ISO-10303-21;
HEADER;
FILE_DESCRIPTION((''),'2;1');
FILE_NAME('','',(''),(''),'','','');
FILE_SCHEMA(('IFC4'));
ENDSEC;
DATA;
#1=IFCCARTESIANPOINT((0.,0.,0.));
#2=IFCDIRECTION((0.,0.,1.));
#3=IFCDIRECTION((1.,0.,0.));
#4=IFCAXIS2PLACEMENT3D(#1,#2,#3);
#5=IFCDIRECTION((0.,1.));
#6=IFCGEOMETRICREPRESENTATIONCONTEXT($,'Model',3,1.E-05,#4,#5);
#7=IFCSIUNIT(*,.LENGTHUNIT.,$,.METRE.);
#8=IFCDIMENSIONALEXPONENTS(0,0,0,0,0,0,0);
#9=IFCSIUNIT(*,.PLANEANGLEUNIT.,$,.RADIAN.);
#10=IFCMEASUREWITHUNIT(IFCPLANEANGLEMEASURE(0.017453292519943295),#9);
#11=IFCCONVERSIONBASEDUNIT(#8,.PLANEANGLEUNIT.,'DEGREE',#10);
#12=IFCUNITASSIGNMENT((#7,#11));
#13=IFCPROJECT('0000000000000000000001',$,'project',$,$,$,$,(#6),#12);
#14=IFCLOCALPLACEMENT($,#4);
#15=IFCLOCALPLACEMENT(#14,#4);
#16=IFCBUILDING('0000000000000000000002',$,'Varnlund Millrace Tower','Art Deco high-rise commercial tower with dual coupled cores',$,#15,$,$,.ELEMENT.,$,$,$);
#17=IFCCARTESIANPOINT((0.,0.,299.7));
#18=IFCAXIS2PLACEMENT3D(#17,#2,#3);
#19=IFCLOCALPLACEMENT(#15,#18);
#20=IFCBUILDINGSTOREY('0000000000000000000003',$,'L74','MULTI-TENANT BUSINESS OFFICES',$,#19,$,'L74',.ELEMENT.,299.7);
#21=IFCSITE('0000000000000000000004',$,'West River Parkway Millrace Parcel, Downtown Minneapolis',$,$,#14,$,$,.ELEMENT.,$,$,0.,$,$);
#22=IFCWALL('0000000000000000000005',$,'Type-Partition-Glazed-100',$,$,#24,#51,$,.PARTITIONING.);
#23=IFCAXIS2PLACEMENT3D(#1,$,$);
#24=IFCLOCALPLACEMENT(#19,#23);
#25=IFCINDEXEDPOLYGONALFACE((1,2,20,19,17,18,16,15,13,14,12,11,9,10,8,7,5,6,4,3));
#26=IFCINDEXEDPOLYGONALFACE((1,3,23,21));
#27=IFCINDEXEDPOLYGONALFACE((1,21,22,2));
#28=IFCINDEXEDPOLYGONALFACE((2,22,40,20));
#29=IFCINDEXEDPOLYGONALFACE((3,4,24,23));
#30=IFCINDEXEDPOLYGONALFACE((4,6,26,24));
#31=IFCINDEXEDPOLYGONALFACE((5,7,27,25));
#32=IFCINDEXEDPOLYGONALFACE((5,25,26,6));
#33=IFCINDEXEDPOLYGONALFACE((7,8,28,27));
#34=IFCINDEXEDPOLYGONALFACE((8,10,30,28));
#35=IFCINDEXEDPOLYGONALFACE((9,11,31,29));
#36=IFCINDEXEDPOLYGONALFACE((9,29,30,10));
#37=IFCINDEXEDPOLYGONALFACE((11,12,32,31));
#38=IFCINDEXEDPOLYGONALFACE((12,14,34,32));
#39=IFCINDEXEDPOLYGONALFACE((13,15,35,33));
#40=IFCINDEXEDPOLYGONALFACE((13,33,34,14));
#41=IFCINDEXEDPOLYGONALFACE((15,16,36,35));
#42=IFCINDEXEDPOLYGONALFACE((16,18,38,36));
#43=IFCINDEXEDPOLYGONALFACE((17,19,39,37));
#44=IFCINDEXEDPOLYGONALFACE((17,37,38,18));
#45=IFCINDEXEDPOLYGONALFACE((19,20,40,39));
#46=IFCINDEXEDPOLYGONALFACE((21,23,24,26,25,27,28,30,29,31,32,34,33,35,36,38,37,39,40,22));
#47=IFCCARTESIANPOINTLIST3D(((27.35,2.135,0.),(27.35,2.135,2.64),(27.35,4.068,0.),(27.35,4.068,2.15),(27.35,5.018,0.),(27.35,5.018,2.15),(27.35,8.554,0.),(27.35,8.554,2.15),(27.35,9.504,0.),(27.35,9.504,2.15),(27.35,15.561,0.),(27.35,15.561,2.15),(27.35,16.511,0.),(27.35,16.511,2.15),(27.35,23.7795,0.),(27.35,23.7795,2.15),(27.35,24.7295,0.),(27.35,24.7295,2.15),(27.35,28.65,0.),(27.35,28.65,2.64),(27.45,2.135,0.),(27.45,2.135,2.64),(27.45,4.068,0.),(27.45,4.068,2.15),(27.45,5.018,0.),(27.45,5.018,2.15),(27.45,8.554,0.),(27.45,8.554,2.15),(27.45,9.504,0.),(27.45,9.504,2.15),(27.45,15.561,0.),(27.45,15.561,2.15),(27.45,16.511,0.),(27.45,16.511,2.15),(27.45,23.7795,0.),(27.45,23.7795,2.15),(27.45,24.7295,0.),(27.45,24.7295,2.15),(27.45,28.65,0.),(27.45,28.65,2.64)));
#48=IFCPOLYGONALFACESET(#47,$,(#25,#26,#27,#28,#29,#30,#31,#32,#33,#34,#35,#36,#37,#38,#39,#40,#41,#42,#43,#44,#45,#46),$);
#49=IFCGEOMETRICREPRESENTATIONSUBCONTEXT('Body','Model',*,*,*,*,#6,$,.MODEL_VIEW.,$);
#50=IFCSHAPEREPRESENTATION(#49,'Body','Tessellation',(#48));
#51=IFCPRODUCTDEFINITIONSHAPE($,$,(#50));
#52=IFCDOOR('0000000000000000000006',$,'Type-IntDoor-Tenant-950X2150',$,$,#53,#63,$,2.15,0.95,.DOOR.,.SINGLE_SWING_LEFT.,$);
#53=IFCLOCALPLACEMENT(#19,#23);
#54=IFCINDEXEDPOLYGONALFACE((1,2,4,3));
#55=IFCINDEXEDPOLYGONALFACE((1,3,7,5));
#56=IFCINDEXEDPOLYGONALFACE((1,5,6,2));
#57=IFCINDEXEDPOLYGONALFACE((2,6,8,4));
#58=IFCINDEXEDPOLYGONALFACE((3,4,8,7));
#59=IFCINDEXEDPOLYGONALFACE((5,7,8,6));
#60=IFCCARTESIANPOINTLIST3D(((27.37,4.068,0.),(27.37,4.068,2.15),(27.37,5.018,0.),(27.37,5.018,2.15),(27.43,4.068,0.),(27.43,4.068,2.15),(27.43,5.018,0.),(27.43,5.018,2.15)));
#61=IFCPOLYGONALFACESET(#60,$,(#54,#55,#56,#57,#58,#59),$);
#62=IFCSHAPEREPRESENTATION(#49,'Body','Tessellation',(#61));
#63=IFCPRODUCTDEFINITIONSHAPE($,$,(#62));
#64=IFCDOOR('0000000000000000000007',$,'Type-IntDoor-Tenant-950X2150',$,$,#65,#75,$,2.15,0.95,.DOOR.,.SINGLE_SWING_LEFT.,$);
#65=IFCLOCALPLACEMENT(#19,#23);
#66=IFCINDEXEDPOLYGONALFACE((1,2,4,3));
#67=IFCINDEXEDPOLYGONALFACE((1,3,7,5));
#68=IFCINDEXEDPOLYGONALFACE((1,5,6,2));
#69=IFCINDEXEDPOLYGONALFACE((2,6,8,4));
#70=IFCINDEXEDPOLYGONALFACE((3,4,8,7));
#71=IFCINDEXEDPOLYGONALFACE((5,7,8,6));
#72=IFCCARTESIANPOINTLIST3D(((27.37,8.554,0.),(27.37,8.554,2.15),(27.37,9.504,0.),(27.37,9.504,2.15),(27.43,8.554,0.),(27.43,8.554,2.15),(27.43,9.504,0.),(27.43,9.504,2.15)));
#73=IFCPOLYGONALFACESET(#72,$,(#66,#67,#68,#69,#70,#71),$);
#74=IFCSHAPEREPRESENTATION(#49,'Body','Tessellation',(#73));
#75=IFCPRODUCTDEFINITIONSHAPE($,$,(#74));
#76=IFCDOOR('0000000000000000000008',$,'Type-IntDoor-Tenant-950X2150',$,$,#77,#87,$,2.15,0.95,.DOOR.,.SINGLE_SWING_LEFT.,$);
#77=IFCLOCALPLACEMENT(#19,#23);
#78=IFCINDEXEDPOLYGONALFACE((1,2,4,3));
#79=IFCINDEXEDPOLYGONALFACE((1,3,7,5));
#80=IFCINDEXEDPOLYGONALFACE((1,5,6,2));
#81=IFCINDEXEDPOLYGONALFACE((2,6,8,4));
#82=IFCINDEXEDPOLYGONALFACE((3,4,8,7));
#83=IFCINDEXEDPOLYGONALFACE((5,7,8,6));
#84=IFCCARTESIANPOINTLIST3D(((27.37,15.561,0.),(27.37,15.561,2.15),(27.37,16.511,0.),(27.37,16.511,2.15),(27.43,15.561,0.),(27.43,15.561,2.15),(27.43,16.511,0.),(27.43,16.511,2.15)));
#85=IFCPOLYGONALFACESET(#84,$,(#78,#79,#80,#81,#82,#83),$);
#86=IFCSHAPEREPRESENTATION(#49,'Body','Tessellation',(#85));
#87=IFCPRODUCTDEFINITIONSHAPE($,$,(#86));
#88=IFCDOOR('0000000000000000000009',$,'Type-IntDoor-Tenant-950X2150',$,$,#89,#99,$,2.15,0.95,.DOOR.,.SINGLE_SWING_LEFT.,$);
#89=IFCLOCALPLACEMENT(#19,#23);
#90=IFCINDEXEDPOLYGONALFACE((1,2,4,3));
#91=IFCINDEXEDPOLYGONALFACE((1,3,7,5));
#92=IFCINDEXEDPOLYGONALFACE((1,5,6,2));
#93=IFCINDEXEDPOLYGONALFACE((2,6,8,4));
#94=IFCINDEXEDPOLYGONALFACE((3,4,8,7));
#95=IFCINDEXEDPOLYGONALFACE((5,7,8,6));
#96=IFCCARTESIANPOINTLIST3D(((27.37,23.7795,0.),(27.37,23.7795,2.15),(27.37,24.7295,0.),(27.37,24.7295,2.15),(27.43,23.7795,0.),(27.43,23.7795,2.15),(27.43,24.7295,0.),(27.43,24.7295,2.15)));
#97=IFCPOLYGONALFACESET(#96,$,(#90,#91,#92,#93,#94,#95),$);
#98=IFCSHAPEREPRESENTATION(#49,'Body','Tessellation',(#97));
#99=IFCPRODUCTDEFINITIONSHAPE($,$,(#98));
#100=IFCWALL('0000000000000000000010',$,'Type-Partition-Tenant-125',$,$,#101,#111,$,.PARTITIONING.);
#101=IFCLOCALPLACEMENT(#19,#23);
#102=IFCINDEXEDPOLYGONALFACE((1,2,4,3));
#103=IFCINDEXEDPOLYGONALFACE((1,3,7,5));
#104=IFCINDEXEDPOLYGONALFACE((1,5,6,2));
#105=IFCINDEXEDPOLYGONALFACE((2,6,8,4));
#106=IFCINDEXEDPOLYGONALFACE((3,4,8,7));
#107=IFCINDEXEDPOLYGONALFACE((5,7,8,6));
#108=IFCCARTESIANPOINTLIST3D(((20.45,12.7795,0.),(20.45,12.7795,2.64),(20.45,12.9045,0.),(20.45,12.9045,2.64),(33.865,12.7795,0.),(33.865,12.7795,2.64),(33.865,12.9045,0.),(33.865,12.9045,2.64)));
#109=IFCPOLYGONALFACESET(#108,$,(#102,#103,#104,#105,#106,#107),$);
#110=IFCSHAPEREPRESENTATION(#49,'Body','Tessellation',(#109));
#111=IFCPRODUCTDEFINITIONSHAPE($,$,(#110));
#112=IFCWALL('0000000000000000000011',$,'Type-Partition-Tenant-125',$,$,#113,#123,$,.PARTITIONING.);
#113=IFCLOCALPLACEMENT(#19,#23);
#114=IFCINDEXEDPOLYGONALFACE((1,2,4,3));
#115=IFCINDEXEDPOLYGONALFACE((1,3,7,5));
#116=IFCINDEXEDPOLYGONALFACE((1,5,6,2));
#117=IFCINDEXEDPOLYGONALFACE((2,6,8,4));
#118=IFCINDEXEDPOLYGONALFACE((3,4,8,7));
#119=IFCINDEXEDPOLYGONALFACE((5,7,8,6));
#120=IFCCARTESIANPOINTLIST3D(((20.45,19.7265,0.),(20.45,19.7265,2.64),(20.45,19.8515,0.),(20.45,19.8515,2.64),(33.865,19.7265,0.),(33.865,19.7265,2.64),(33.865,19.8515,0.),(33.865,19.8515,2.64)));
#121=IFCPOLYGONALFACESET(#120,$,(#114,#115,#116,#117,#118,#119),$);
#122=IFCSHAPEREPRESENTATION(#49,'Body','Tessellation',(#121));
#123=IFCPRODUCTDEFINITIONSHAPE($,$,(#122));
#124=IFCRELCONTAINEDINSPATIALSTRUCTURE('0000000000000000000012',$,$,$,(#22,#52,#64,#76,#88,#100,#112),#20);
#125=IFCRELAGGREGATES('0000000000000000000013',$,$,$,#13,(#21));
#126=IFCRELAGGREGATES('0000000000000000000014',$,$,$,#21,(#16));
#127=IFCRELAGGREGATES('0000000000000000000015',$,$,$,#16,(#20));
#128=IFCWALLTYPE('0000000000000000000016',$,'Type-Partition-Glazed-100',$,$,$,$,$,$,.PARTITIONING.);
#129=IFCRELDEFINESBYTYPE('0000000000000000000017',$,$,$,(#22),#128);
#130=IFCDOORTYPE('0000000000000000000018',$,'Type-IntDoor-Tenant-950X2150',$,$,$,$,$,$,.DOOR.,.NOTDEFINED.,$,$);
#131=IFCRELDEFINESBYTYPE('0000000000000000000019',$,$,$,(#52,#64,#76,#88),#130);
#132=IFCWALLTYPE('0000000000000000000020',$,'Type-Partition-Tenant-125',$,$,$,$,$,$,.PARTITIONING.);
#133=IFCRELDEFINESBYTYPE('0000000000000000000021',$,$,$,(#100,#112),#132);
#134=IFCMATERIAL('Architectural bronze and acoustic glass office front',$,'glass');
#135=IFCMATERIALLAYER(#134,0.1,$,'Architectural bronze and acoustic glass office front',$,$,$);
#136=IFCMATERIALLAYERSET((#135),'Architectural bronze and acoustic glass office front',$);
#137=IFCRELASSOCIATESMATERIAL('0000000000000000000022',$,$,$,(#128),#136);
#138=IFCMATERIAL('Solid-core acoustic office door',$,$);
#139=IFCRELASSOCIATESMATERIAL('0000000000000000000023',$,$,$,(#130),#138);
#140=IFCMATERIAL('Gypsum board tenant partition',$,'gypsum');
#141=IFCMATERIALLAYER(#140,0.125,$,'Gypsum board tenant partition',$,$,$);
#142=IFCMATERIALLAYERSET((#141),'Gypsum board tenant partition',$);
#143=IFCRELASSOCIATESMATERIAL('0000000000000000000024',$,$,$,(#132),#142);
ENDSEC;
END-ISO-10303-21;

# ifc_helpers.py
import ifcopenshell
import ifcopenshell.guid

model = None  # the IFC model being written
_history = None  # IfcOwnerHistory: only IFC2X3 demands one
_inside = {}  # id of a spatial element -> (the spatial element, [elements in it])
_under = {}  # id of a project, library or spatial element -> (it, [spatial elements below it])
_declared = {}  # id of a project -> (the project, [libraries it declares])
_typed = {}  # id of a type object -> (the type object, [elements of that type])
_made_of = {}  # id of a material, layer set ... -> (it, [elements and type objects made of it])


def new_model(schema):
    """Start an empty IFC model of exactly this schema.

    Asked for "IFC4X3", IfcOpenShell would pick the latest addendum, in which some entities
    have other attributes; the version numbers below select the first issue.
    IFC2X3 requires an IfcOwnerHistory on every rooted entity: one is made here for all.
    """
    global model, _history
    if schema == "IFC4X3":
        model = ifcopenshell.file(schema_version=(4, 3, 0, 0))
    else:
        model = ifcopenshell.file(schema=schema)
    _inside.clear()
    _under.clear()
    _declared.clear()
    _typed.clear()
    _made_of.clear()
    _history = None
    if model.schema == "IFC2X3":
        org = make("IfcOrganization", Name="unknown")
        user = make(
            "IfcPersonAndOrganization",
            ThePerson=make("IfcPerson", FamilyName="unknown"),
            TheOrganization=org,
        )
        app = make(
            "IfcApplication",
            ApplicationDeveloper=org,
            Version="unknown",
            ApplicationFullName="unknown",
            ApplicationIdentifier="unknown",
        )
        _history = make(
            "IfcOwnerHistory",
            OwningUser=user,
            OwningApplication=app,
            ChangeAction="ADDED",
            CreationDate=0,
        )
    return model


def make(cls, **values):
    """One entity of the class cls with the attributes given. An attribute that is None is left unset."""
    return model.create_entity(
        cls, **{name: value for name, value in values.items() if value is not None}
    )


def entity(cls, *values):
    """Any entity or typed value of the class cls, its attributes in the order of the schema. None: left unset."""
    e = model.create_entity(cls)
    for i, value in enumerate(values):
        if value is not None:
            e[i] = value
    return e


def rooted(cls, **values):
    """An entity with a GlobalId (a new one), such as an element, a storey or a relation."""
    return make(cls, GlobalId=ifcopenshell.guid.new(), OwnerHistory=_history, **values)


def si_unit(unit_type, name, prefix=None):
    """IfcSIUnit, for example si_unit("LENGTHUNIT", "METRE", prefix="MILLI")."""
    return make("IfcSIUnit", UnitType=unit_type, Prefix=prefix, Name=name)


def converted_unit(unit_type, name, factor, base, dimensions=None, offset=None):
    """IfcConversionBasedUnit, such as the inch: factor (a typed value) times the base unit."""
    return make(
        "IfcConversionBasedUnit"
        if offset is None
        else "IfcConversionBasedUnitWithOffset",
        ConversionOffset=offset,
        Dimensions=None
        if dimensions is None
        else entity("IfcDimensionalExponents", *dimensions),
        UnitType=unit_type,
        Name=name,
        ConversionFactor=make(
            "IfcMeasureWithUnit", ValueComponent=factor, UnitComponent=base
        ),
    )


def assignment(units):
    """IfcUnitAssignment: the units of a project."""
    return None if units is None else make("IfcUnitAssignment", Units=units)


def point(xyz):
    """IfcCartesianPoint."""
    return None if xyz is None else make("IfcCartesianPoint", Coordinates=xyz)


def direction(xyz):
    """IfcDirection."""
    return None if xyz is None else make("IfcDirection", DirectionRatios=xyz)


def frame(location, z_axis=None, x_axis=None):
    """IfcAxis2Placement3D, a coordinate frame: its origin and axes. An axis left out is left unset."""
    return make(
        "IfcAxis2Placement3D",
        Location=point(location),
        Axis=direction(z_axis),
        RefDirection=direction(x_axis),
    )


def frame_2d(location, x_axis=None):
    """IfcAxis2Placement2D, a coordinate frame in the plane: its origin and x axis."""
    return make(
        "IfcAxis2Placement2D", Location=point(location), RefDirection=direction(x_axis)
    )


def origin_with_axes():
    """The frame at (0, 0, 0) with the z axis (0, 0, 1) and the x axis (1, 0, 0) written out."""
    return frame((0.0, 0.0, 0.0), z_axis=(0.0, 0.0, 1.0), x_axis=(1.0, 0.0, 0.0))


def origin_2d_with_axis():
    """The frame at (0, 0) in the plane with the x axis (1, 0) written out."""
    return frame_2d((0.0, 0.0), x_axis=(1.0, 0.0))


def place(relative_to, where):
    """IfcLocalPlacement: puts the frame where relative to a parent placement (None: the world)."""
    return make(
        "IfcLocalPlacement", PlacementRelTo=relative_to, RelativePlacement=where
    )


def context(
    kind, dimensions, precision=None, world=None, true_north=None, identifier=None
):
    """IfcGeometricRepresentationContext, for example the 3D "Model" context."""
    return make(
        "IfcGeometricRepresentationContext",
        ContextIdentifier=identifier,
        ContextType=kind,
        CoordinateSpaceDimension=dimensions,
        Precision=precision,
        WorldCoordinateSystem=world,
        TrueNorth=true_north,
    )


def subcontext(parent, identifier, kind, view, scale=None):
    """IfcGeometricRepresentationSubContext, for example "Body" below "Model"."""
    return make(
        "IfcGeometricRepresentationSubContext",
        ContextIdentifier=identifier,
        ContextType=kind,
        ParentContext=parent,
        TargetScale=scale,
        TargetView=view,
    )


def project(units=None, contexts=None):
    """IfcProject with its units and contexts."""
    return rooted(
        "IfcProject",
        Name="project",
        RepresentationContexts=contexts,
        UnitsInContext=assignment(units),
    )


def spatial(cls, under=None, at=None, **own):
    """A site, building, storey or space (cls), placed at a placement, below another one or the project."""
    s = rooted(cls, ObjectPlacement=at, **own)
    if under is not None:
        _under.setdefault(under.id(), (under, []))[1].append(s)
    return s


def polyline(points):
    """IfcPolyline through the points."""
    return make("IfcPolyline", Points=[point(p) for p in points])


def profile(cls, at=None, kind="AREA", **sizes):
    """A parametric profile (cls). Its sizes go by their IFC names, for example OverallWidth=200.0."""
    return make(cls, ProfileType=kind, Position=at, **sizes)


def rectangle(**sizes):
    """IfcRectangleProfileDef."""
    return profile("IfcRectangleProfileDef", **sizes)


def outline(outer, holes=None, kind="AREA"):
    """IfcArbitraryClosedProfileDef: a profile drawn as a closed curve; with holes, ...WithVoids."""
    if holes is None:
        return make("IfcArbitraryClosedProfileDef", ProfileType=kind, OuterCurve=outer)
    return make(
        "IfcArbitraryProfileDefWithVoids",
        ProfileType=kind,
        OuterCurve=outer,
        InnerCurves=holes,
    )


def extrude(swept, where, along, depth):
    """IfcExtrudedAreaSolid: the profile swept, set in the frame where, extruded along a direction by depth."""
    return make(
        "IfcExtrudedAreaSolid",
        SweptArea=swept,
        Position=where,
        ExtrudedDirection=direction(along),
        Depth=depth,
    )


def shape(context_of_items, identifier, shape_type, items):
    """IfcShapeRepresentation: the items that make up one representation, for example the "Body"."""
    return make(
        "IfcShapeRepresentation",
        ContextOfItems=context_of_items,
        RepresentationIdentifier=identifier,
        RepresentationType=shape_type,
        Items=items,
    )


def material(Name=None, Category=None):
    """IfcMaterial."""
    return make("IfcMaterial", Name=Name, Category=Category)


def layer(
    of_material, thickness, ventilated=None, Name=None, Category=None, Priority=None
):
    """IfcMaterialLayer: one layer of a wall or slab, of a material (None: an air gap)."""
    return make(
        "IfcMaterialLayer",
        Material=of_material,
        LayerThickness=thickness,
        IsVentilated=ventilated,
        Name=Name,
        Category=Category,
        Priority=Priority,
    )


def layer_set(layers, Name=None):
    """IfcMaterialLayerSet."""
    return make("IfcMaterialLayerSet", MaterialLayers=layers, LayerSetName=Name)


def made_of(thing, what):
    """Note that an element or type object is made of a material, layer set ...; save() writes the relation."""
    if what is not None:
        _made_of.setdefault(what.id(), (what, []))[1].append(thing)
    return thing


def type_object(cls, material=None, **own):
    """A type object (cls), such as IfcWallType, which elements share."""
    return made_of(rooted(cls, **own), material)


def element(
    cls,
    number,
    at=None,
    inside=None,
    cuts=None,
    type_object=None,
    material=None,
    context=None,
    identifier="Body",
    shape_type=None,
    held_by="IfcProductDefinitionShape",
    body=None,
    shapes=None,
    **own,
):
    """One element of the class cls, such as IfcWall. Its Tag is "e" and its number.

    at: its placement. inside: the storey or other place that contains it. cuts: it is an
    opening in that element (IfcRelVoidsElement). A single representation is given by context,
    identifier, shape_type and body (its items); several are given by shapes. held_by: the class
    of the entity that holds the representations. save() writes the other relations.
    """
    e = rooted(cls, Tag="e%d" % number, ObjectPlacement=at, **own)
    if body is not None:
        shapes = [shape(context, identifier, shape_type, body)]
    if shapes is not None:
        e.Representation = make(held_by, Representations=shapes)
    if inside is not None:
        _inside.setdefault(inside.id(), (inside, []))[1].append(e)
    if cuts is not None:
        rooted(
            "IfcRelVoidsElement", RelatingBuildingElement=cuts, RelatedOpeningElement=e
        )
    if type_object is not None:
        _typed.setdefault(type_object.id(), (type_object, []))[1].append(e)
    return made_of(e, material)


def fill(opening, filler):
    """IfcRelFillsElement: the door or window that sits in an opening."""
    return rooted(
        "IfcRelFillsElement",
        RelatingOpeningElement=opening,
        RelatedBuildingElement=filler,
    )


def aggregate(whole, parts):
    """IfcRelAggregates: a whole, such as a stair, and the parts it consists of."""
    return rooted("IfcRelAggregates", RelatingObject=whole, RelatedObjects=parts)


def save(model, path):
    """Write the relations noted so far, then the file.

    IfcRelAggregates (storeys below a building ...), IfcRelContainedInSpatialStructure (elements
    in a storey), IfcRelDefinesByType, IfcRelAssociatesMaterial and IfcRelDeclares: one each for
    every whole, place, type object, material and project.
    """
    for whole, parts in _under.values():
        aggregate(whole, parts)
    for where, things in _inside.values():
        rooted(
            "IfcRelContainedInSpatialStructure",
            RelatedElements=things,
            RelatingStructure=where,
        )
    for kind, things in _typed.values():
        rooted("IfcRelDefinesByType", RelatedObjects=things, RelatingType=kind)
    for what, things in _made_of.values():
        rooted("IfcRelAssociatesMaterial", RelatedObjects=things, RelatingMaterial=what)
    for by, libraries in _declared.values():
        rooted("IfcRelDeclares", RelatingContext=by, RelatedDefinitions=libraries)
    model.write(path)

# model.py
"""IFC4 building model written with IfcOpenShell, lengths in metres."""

from ifc_helpers import new_model, entity, si_unit, converted_unit, direction, frame, origin_with_axes, origin_2d_with_axis, place, context, subcontext, project, spatial, polyline, rectangle, outline, extrude, material, layer, layer_set, type_object, element, fill, save


model = new_model("IFC4")

# Units and contexts
model_context = context("Model", 3, precision=1e-05, world=origin_with_axes(), true_north=direction((0.0, 1.0)))
body_context = subcontext(model_context, "Body", "Model", "MODEL_VIEW")
ifc_project = project(units=[si_unit("LENGTHUNIT", "METRE"), converted_unit("PLANEANGLEUNIT", "DEGREE", entity("IfcPlaneAngleMeasure", 0.017453292519943295), si_unit("PLANEANGLEUNIT", "RADIAN"), dimensions=[0, 0, 0, 0, 0, 0, 0])], contexts=[model_context])

# Site, building, storey
site_placement = place(None, origin_with_axes())
site = spatial("IfcSite", under=ifc_project, at=site_placement, Name="West River Parkway Millrace Parcel, Downtown Minneapolis", CompositionType="ELEMENT", RefElevation=0.0)
building_placement = place(site_placement, origin_with_axes())
building = spatial("IfcBuilding", under=site, at=building_placement, Name="Varnlund Millrace Tower", Description="Art Deco high-rise commercial tower with dual coupled cores", CompositionType="ELEMENT")
storey_placement = place(building_placement, frame((0.0, 0.0, 299.7), z_axis=(0.0, 0.0, 1.0), x_axis=(1.0, 0.0, 0.0)))
storey = spatial("IfcBuildingStorey", under=building, at=storey_placement, Name="L74", Description="MULTI-TENANT BUSINESS OFFICES", LongName="L74", CompositionType="ELEMENT", Elevation=299.7)

# Wall, openings, doors
ifc_material_1 = material(Name="Architectural bronze and acoustic glass office front", Category="glass")
ifc_layer_1 = layer(ifc_material_1, 0.1, Name="Architectural bronze and acoustic glass office front")
ifc_layer_set_1 = layer_set([ifc_layer_1], Name="Architectural bronze and acoustic glass office front")
wall_type_1 = type_object("IfcWallType", Name="Type-Partition-Glazed-100", PredefinedType="PARTITIONING", material=ifc_layer_set_1)
wall_1_placement = place(storey_placement, frame((27.4, 2.135, 0.0), z_axis=(0.0, 0.0, 1.0), x_axis=(0.0, 1.0, 0.0)))
wall_1 = element("IfcWall", 1, at=wall_1_placement, inside=storey, type_object=wall_type_1, Name="Type-Partition-Glazed-100", PredefinedType="PARTITIONING", context=body_context, shape_type="SweptSolid", body=[
    extrude(outline(polyline([(0.0, -0.05), (26.515, -0.05), (26.515, 0.05), (0.0, 0.05), (0.0, -0.05)])), origin_with_axes(), (0.0, 0.0, 1.0), 2.64),
])
opening_1_placement = place(wall_1_placement, frame((2.408, 0.0, 0.0), z_axis=(0.0, 0.0, 1.0), x_axis=(1.0, 0.0, 0.0)))
opening_1 = element("IfcOpeningElement", 2, at=opening_1_placement, cuts=wall_1, PredefinedType="OPENING", context=body_context, shape_type="SweptSolid", body=[
    extrude(rectangle(XDim=0.95, YDim=0.12, at=origin_2d_with_axis()), origin_with_axes(), (0.0, 0.0, 1.0), 2.15),
])
opening_2_placement = place(wall_1_placement, frame((6.894, 0.0, 0.0), z_axis=(0.0, 0.0, 1.0), x_axis=(1.0, 0.0, 0.0)))
opening_2 = element("IfcOpeningElement", 3, at=opening_2_placement, cuts=wall_1, PredefinedType="OPENING", context=body_context, shape_type="SweptSolid", body=[
    extrude(rectangle(XDim=0.95, YDim=0.12, at=origin_2d_with_axis()), origin_with_axes(), (0.0, 0.0, 1.0), 2.15),
])
opening_3_placement = place(wall_1_placement, frame((13.901, 0.0, 0.0), z_axis=(0.0, 0.0, 1.0), x_axis=(1.0, 0.0, 0.0)))
opening_3 = element("IfcOpeningElement", 4, at=opening_3_placement, cuts=wall_1, PredefinedType="OPENING", context=body_context, shape_type="SweptSolid", body=[
    extrude(rectangle(XDim=0.95, YDim=0.12, at=origin_2d_with_axis()), origin_with_axes(), (0.0, 0.0, 1.0), 2.15),
])
opening_4_placement = place(wall_1_placement, frame((22.1195, 0.0, 0.0), z_axis=(0.0, 0.0, 1.0), x_axis=(1.0, 0.0, 0.0)))
opening_4 = element("IfcOpeningElement", 5, at=opening_4_placement, cuts=wall_1, PredefinedType="OPENING", context=body_context, shape_type="SweptSolid", body=[
    extrude(rectangle(XDim=0.95, YDim=0.12, at=origin_2d_with_axis()), origin_with_axes(), (0.0, 0.0, 1.0), 2.15),
])
ifc_material_2 = material(Name="Solid-core acoustic office door")
door_type = type_object("IfcDoorType", Name="Type-IntDoor-Tenant-950X2150", OperationType="NOTDEFINED", PredefinedType="DOOR", material=ifc_material_2)
door_1_placement = place(wall_1_placement, frame((2.408, 0.0, 0.0), z_axis=(0.0, 0.0, 1.0), x_axis=(1.0, 0.0, 0.0)))
door_1 = element("IfcDoor", 6, at=door_1_placement, inside=storey, type_object=door_type, Name="Type-IntDoor-Tenant-950X2150", OperationType="SINGLE_SWING_LEFT", OverallHeight=2.15, OverallWidth=0.95, PredefinedType="DOOR", context=body_context, shape_type="SweptSolid", body=[
    extrude(rectangle(XDim=0.95, YDim=0.06, at=origin_2d_with_axis()), origin_with_axes(), (0.0, 0.0, 1.0), 2.15),
])
fill(opening_1, door_1)
door_2_placement = place(wall_1_placement, frame((6.894, 0.0, 0.0), z_axis=(0.0, 0.0, 1.0), x_axis=(1.0, 0.0, 0.0)))
door_2 = element("IfcDoor", 7, at=door_2_placement, inside=storey, type_object=door_type, Name="Type-IntDoor-Tenant-950X2150", OperationType="SINGLE_SWING_LEFT", OverallHeight=2.15, OverallWidth=0.95, PredefinedType="DOOR", context=body_context, shape_type="SweptSolid", body=[
    extrude(rectangle(XDim=0.95, YDim=0.06, at=origin_2d_with_axis()), origin_with_axes(), (0.0, 0.0, 1.0), 2.15),
])
fill(opening_2, door_2)
door_3_placement = place(wall_1_placement, frame((13.901, 0.0, 0.0), z_axis=(0.0, 0.0, 1.0), x_axis=(1.0, 0.0, 0.0)))
door_3 = element("IfcDoor", 8, at=door_3_placement, inside=storey, type_object=door_type, Name="Type-IntDoor-Tenant-950X2150", OperationType="SINGLE_SWING_LEFT", OverallHeight=2.15, OverallWidth=0.95, PredefinedType="DOOR", context=body_context, shape_type="SweptSolid", body=[
    extrude(rectangle(XDim=0.95, YDim=0.06, at=origin_2d_with_axis()), origin_with_axes(), (0.0, 0.0, 1.0), 2.15),
])
fill(opening_3, door_3)
door_4_placement = place(wall_1_placement, frame((22.1195, 0.0, 0.0), z_axis=(0.0, 0.0, 1.0), x_axis=(1.0, 0.0, 0.0)))
door_4 = element("IfcDoor", 9, at=door_4_placement, inside=storey, type_object=door_type, Name="Type-IntDoor-Tenant-950X2150", OperationType="SINGLE_SWING_LEFT", OverallHeight=2.15, OverallWidth=0.95, PredefinedType="DOOR", context=body_context, shape_type="SweptSolid", body=[
    extrude(rectangle(XDim=0.95, YDim=0.06, at=origin_2d_with_axis()), origin_with_axes(), (0.0, 0.0, 1.0), 2.15),
])
fill(opening_4, door_4)

# Walls
ifc_material_3 = material(Name="Gypsum board tenant partition", Category="gypsum")
ifc_layer_2 = layer(ifc_material_3, 0.125, Name="Gypsum board tenant partition")
ifc_layer_set_2 = layer_set([ifc_layer_2], Name="Gypsum board tenant partition")
wall_type_2 = type_object("IfcWallType", Name="Type-Partition-Tenant-125", PredefinedType="PARTITIONING", material=ifc_layer_set_2)
for number, where, z_axis, x_axis, name in (
    (10, (20.45, 12.842, 0.0), (0.0, 0.0, 1.0), (1.0, 0.0, 0.0), "Type-Partition-Tenant-125"),
    (11, (20.45, 19.789, 0.0), (0.0, 0.0, 1.0), (1.0, 0.0, 0.0), "Type-Partition-Tenant-125"),
):
    element("IfcWall", number, at=place(storey_placement, frame(where, z_axis=z_axis, x_axis=x_axis)), inside=storey, type_object=wall_type_2, Name=name, PredefinedType="PARTITIONING", context=body_context, shape_type="SweptSolid", body=[
        extrude(outline(polyline([(0.0, -0.0625), (13.415, -0.0625), (13.415, 0.0625), (0.0, 0.0625), (0.0, -0.0625)])), origin_with_axes(), (0.0, 0.0, 1.0), 2.64),
    ])

save(model, "model.ifc")
